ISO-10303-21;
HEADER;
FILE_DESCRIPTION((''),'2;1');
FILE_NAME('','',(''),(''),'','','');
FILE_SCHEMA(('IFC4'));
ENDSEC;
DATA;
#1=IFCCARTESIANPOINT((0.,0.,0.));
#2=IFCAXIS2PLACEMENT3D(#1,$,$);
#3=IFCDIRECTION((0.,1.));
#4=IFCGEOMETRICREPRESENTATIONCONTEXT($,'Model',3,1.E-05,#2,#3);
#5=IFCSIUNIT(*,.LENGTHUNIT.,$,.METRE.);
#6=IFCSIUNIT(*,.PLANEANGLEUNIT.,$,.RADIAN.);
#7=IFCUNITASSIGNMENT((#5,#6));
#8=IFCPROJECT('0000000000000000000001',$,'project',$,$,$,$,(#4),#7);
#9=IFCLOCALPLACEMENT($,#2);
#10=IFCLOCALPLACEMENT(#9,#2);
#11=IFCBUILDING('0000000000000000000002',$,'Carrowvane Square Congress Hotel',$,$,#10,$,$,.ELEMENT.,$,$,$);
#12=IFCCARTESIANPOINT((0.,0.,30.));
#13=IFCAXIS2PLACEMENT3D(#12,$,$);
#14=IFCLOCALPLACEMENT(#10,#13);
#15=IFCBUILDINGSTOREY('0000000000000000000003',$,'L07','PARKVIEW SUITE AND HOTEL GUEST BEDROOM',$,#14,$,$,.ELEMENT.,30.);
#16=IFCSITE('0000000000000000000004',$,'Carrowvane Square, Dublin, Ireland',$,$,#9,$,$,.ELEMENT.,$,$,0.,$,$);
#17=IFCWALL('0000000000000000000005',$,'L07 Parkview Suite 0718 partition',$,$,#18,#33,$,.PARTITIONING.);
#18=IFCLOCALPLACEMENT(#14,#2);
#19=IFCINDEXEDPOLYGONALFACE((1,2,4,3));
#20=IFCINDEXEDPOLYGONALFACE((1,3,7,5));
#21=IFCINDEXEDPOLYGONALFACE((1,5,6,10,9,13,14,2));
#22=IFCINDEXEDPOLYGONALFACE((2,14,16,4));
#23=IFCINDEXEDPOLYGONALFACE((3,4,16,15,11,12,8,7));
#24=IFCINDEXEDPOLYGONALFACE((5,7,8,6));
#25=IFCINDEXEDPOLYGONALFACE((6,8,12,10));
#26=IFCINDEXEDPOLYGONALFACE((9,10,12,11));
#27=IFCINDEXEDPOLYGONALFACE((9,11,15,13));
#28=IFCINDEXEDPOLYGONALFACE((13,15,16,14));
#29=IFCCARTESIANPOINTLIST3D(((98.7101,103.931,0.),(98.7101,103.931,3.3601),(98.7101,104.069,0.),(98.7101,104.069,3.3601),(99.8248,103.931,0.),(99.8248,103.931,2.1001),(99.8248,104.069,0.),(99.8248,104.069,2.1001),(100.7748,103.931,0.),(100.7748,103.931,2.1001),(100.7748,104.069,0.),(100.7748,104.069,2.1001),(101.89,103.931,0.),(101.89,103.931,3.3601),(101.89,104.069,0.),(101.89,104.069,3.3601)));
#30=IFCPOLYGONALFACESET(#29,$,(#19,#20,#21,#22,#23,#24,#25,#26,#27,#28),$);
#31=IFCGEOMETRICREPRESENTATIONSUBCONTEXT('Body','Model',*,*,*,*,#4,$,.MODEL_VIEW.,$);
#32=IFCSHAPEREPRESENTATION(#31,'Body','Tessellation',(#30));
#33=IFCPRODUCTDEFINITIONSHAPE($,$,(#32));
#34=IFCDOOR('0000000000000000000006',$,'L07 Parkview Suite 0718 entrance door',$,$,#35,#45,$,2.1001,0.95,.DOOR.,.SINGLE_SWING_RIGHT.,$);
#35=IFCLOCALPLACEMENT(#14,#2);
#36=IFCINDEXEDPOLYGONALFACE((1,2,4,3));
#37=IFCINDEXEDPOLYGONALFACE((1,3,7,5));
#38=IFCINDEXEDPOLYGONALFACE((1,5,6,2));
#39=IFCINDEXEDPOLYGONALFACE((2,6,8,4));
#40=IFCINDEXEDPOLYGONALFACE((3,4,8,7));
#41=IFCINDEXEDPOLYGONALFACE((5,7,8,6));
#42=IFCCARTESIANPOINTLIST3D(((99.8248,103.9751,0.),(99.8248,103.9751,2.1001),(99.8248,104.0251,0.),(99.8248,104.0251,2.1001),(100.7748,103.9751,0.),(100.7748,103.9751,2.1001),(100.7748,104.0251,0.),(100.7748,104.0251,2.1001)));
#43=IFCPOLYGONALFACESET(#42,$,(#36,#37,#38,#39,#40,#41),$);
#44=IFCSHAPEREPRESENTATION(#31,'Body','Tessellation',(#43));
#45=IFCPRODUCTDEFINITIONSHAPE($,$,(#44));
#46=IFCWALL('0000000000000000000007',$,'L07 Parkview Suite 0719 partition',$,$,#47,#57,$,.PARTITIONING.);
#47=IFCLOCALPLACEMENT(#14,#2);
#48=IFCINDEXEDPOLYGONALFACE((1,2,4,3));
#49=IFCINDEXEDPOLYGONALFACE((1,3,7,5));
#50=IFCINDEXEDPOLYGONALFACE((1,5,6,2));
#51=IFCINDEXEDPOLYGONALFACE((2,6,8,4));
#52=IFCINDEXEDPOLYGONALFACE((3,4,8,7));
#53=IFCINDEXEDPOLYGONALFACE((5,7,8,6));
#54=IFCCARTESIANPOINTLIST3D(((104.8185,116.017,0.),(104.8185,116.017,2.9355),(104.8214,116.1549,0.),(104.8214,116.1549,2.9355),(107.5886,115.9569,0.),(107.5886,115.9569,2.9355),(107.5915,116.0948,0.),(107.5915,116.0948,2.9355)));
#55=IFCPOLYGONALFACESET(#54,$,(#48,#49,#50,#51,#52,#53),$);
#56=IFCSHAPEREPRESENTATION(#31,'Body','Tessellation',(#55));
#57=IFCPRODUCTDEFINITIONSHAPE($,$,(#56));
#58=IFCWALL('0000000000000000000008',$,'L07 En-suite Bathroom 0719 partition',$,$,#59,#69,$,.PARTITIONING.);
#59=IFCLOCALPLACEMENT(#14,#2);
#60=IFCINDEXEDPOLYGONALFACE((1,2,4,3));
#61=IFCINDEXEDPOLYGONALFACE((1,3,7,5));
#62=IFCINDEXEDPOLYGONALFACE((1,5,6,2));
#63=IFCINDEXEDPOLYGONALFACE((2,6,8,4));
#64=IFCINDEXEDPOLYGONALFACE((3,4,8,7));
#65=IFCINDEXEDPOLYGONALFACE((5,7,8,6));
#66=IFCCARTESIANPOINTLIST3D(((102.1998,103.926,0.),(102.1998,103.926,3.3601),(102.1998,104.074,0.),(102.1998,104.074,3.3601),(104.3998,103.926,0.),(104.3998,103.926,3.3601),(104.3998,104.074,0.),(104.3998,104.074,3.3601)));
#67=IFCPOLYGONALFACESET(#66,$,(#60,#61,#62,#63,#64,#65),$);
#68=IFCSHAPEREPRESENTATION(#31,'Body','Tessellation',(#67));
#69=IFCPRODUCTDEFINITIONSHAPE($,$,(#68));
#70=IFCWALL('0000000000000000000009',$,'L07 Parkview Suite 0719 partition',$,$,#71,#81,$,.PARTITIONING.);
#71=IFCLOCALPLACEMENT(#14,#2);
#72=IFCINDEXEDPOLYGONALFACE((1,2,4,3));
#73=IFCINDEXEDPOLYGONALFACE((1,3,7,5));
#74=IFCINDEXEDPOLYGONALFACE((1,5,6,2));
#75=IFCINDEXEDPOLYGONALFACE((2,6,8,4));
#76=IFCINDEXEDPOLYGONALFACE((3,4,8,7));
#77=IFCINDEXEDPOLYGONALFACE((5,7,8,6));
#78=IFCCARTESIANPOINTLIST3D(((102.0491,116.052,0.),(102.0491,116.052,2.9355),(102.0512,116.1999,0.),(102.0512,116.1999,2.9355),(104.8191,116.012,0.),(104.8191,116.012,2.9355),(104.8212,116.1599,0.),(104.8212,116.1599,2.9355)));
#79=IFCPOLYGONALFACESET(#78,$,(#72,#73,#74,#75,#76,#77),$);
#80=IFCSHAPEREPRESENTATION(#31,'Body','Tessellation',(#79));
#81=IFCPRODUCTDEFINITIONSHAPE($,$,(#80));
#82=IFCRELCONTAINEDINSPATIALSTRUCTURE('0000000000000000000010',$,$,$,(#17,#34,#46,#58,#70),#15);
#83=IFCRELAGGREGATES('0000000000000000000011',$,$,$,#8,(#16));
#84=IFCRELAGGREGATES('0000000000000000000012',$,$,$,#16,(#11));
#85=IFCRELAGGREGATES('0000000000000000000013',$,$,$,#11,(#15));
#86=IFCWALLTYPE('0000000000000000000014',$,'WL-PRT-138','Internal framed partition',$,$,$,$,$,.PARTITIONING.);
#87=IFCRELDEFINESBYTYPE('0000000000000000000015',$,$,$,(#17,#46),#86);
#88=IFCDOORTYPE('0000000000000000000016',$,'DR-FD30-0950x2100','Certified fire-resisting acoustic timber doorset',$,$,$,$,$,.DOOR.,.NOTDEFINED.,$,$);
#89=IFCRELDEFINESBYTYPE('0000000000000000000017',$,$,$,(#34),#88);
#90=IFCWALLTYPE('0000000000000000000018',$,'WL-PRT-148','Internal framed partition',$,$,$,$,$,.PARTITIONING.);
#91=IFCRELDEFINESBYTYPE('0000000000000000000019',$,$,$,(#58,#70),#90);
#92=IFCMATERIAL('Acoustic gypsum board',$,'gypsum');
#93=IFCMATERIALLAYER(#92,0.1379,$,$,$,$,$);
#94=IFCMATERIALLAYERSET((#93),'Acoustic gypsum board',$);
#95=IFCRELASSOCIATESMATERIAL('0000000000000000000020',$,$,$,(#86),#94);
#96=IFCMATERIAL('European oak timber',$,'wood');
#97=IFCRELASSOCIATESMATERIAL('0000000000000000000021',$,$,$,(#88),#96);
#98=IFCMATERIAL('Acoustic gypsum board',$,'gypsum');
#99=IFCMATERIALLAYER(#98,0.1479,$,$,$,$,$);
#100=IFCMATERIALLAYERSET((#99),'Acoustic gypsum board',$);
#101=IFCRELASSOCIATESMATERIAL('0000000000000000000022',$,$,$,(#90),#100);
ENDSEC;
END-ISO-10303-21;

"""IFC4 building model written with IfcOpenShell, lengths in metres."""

from ifc_helpers import new_model, si_unit, direction, frame, frame_2d, origin, place, context, subcontext, project, spatial, rectangle, extrude, material, layer, layer_set, type_object, element, fill, save


model = new_model("IFC4")

# Units and contexts
model_context = context("Model", 3, precision=1e-05, world=origin(), true_north=direction((0.0, 1.0)))
body_context = subcontext(model_context, "Body", "Model", "MODEL_VIEW")
ifc_project = project(units=[si_unit("LENGTHUNIT", "METRE"), si_unit("PLANEANGLEUNIT", "RADIAN")], contexts=[model_context])

# Site, building, storey
site_placement = place(None, origin())
site = spatial("IfcSite", under=ifc_project, at=site_placement, Name="Carrowvane Square, Dublin, Ireland", CompositionType="ELEMENT", RefElevation=0.0)
building_placement = place(site_placement, origin())
building = spatial("IfcBuilding", under=site, at=building_placement, Name="Carrowvane Square Congress Hotel", CompositionType="ELEMENT")
storey_placement = place(building_placement, frame((0.0, 0.0, 30.0)))
storey = spatial("IfcBuildingStorey", under=building, at=storey_placement, Name="L07", Description="PARKVIEW SUITE AND HOTEL GUEST BEDROOM", CompositionType="ELEMENT", Elevation=30.0)

# Shared definitions
ifc_material_1 = material(Name="Acoustic gypsum board", Category="gypsum")
ifc_layer_1 = layer(ifc_material_1, 0.1379)
ifc_layer_set_1 = layer_set([ifc_layer_1], Name="Acoustic gypsum board")
wall_type_1 = type_object("IfcWallType", Name="WL-PRT-138", Description="Internal framed partition", PredefinedType="PARTITIONING", material=ifc_layer_set_1)

# Wall, opening, door
wall_1_placement = place(storey_placement, frame((101.8899, 104.0, 0.0), z_axis=(0.0, 0.0, 1.0), x_axis=(-1.0, 0.0, 0.0)))
wall_1 = element("IfcWall", 1, at=wall_1_placement, inside=storey, type_object=wall_type_1, Name="L07 Parkview Suite 0718 partition", PredefinedType="PARTITIONING", context=body_context, shape_type="SweptSolid", body=[
    extrude(rectangle(XDim=3.1799, YDim=0.1379, at=frame_2d((1.5898, 0.0))), origin(), (0.0, 0.0, 1.0), 3.3601),
])
opening_1_placement = place(wall_1_placement, frame((1.115, 0.0, 0.0)))
opening_1 = element("IfcOpeningElement", 2, at=opening_1_placement, cuts=wall_1, PredefinedType="OPENING", context=body_context, shape_type="SweptSolid", body=[
    extrude(rectangle(XDim=0.95, YDim=2.1001, at=frame_2d((0.4751, 1.05))), frame((0.0, 0.0789, 0.0), z_axis=(0.0, -1.0, 0.0), x_axis=(1.0, 0.0, 0.0)), (0.0, 0.0, 1.0), 0.158),
])
ifc_material_2 = material(Name="European oak timber", Category="wood")
door_type_1 = type_object("IfcDoorType", Name="DR-FD30-0950x2100", Description="Certified fire-resisting acoustic timber doorset", OperationType="NOTDEFINED", PredefinedType="DOOR", material=ifc_material_2)
door_1_placement = place(opening_1_placement, origin())
door_1 = element("IfcDoor", 3, at=door_1_placement, inside=storey, type_object=door_type_1, Name="L07 Parkview Suite 0718 entrance door", OperationType="SINGLE_SWING_RIGHT", OverallHeight=2.1001, OverallWidth=0.95, PredefinedType="DOOR", context=body_context, shape_type="SweptSolid", body=[
    extrude(rectangle(XDim=0.95, YDim=2.1001, at=frame_2d((0.4751, 1.05))), frame((0.0, 0.0249, 0.0), z_axis=(0.0, -1.0, 0.0), x_axis=(1.0, 0.0, 0.0)), (0.0, 0.0, 1.0), 0.05),
])
fill(opening_1, door_1)

# Walls
wall_2_placement = place(storey_placement, frame((104.8201, 116.0859, 0.0), z_axis=(0.0, 0.0, 1.0), x_axis=(0.999765, -0.021677, 0.0)))
element("IfcWall", 4, at=wall_2_placement, inside=storey, type_object=wall_type_1, Name="L07 Parkview Suite 0719 partition", PredefinedType="PARTITIONING", context=body_context, shape_type="SweptSolid", body=[
    extrude(rectangle(XDim=2.7708, YDim=0.1379, at=frame_2d((1.3853, 0.0))), origin(), (0.0, 0.0, 1.0), 2.9355),
])
ifc_material_3 = material(Name="Acoustic gypsum board", Category="gypsum")
ifc_layer_2 = layer(ifc_material_3, 0.1479)
ifc_layer_set_2 = layer_set([ifc_layer_2], Name="Acoustic gypsum board")
wall_type_2 = type_object("IfcWallType", Name="WL-PRT-148", Description="Internal framed partition", PredefinedType="PARTITIONING", material=ifc_layer_set_2)
wall_3_placement = place(storey_placement, frame((104.3999, 104.0, 0.0), z_axis=(0.0, 0.0, 1.0), x_axis=(-1.0, 0.0, 0.0)))
element("IfcWall", 5, at=wall_3_placement, inside=storey, type_object=wall_type_2, Name="L07 En-suite Bathroom 0719 partition", PredefinedType="PARTITIONING", context=body_context, shape_type="SweptSolid", body=[
    extrude(rectangle(XDim=2.2, YDim=0.1479, at=frame_2d((1.1001, 0.0))), origin(), (0.0, 0.0, 1.0), 3.3601),
])
wall_4_placement = place(storey_placement, frame((102.05, 116.126, 0.0), z_axis=(0.0, 0.0, 1.0), x_axis=(0.999896, -0.014453, 0.0)))
element("IfcWall", 6, at=wall_4_placement, inside=storey, type_object=wall_type_2, Name="L07 Parkview Suite 0719 partition", PredefinedType="PARTITIONING", context=body_context, shape_type="SweptSolid", body=[
    extrude(rectangle(XDim=2.7703, YDim=0.1479, at=frame_2d((1.3853, 0.0))), origin(), (0.0, 0.0, 1.0), 2.9355),
])

save(model, "model.ifc")
